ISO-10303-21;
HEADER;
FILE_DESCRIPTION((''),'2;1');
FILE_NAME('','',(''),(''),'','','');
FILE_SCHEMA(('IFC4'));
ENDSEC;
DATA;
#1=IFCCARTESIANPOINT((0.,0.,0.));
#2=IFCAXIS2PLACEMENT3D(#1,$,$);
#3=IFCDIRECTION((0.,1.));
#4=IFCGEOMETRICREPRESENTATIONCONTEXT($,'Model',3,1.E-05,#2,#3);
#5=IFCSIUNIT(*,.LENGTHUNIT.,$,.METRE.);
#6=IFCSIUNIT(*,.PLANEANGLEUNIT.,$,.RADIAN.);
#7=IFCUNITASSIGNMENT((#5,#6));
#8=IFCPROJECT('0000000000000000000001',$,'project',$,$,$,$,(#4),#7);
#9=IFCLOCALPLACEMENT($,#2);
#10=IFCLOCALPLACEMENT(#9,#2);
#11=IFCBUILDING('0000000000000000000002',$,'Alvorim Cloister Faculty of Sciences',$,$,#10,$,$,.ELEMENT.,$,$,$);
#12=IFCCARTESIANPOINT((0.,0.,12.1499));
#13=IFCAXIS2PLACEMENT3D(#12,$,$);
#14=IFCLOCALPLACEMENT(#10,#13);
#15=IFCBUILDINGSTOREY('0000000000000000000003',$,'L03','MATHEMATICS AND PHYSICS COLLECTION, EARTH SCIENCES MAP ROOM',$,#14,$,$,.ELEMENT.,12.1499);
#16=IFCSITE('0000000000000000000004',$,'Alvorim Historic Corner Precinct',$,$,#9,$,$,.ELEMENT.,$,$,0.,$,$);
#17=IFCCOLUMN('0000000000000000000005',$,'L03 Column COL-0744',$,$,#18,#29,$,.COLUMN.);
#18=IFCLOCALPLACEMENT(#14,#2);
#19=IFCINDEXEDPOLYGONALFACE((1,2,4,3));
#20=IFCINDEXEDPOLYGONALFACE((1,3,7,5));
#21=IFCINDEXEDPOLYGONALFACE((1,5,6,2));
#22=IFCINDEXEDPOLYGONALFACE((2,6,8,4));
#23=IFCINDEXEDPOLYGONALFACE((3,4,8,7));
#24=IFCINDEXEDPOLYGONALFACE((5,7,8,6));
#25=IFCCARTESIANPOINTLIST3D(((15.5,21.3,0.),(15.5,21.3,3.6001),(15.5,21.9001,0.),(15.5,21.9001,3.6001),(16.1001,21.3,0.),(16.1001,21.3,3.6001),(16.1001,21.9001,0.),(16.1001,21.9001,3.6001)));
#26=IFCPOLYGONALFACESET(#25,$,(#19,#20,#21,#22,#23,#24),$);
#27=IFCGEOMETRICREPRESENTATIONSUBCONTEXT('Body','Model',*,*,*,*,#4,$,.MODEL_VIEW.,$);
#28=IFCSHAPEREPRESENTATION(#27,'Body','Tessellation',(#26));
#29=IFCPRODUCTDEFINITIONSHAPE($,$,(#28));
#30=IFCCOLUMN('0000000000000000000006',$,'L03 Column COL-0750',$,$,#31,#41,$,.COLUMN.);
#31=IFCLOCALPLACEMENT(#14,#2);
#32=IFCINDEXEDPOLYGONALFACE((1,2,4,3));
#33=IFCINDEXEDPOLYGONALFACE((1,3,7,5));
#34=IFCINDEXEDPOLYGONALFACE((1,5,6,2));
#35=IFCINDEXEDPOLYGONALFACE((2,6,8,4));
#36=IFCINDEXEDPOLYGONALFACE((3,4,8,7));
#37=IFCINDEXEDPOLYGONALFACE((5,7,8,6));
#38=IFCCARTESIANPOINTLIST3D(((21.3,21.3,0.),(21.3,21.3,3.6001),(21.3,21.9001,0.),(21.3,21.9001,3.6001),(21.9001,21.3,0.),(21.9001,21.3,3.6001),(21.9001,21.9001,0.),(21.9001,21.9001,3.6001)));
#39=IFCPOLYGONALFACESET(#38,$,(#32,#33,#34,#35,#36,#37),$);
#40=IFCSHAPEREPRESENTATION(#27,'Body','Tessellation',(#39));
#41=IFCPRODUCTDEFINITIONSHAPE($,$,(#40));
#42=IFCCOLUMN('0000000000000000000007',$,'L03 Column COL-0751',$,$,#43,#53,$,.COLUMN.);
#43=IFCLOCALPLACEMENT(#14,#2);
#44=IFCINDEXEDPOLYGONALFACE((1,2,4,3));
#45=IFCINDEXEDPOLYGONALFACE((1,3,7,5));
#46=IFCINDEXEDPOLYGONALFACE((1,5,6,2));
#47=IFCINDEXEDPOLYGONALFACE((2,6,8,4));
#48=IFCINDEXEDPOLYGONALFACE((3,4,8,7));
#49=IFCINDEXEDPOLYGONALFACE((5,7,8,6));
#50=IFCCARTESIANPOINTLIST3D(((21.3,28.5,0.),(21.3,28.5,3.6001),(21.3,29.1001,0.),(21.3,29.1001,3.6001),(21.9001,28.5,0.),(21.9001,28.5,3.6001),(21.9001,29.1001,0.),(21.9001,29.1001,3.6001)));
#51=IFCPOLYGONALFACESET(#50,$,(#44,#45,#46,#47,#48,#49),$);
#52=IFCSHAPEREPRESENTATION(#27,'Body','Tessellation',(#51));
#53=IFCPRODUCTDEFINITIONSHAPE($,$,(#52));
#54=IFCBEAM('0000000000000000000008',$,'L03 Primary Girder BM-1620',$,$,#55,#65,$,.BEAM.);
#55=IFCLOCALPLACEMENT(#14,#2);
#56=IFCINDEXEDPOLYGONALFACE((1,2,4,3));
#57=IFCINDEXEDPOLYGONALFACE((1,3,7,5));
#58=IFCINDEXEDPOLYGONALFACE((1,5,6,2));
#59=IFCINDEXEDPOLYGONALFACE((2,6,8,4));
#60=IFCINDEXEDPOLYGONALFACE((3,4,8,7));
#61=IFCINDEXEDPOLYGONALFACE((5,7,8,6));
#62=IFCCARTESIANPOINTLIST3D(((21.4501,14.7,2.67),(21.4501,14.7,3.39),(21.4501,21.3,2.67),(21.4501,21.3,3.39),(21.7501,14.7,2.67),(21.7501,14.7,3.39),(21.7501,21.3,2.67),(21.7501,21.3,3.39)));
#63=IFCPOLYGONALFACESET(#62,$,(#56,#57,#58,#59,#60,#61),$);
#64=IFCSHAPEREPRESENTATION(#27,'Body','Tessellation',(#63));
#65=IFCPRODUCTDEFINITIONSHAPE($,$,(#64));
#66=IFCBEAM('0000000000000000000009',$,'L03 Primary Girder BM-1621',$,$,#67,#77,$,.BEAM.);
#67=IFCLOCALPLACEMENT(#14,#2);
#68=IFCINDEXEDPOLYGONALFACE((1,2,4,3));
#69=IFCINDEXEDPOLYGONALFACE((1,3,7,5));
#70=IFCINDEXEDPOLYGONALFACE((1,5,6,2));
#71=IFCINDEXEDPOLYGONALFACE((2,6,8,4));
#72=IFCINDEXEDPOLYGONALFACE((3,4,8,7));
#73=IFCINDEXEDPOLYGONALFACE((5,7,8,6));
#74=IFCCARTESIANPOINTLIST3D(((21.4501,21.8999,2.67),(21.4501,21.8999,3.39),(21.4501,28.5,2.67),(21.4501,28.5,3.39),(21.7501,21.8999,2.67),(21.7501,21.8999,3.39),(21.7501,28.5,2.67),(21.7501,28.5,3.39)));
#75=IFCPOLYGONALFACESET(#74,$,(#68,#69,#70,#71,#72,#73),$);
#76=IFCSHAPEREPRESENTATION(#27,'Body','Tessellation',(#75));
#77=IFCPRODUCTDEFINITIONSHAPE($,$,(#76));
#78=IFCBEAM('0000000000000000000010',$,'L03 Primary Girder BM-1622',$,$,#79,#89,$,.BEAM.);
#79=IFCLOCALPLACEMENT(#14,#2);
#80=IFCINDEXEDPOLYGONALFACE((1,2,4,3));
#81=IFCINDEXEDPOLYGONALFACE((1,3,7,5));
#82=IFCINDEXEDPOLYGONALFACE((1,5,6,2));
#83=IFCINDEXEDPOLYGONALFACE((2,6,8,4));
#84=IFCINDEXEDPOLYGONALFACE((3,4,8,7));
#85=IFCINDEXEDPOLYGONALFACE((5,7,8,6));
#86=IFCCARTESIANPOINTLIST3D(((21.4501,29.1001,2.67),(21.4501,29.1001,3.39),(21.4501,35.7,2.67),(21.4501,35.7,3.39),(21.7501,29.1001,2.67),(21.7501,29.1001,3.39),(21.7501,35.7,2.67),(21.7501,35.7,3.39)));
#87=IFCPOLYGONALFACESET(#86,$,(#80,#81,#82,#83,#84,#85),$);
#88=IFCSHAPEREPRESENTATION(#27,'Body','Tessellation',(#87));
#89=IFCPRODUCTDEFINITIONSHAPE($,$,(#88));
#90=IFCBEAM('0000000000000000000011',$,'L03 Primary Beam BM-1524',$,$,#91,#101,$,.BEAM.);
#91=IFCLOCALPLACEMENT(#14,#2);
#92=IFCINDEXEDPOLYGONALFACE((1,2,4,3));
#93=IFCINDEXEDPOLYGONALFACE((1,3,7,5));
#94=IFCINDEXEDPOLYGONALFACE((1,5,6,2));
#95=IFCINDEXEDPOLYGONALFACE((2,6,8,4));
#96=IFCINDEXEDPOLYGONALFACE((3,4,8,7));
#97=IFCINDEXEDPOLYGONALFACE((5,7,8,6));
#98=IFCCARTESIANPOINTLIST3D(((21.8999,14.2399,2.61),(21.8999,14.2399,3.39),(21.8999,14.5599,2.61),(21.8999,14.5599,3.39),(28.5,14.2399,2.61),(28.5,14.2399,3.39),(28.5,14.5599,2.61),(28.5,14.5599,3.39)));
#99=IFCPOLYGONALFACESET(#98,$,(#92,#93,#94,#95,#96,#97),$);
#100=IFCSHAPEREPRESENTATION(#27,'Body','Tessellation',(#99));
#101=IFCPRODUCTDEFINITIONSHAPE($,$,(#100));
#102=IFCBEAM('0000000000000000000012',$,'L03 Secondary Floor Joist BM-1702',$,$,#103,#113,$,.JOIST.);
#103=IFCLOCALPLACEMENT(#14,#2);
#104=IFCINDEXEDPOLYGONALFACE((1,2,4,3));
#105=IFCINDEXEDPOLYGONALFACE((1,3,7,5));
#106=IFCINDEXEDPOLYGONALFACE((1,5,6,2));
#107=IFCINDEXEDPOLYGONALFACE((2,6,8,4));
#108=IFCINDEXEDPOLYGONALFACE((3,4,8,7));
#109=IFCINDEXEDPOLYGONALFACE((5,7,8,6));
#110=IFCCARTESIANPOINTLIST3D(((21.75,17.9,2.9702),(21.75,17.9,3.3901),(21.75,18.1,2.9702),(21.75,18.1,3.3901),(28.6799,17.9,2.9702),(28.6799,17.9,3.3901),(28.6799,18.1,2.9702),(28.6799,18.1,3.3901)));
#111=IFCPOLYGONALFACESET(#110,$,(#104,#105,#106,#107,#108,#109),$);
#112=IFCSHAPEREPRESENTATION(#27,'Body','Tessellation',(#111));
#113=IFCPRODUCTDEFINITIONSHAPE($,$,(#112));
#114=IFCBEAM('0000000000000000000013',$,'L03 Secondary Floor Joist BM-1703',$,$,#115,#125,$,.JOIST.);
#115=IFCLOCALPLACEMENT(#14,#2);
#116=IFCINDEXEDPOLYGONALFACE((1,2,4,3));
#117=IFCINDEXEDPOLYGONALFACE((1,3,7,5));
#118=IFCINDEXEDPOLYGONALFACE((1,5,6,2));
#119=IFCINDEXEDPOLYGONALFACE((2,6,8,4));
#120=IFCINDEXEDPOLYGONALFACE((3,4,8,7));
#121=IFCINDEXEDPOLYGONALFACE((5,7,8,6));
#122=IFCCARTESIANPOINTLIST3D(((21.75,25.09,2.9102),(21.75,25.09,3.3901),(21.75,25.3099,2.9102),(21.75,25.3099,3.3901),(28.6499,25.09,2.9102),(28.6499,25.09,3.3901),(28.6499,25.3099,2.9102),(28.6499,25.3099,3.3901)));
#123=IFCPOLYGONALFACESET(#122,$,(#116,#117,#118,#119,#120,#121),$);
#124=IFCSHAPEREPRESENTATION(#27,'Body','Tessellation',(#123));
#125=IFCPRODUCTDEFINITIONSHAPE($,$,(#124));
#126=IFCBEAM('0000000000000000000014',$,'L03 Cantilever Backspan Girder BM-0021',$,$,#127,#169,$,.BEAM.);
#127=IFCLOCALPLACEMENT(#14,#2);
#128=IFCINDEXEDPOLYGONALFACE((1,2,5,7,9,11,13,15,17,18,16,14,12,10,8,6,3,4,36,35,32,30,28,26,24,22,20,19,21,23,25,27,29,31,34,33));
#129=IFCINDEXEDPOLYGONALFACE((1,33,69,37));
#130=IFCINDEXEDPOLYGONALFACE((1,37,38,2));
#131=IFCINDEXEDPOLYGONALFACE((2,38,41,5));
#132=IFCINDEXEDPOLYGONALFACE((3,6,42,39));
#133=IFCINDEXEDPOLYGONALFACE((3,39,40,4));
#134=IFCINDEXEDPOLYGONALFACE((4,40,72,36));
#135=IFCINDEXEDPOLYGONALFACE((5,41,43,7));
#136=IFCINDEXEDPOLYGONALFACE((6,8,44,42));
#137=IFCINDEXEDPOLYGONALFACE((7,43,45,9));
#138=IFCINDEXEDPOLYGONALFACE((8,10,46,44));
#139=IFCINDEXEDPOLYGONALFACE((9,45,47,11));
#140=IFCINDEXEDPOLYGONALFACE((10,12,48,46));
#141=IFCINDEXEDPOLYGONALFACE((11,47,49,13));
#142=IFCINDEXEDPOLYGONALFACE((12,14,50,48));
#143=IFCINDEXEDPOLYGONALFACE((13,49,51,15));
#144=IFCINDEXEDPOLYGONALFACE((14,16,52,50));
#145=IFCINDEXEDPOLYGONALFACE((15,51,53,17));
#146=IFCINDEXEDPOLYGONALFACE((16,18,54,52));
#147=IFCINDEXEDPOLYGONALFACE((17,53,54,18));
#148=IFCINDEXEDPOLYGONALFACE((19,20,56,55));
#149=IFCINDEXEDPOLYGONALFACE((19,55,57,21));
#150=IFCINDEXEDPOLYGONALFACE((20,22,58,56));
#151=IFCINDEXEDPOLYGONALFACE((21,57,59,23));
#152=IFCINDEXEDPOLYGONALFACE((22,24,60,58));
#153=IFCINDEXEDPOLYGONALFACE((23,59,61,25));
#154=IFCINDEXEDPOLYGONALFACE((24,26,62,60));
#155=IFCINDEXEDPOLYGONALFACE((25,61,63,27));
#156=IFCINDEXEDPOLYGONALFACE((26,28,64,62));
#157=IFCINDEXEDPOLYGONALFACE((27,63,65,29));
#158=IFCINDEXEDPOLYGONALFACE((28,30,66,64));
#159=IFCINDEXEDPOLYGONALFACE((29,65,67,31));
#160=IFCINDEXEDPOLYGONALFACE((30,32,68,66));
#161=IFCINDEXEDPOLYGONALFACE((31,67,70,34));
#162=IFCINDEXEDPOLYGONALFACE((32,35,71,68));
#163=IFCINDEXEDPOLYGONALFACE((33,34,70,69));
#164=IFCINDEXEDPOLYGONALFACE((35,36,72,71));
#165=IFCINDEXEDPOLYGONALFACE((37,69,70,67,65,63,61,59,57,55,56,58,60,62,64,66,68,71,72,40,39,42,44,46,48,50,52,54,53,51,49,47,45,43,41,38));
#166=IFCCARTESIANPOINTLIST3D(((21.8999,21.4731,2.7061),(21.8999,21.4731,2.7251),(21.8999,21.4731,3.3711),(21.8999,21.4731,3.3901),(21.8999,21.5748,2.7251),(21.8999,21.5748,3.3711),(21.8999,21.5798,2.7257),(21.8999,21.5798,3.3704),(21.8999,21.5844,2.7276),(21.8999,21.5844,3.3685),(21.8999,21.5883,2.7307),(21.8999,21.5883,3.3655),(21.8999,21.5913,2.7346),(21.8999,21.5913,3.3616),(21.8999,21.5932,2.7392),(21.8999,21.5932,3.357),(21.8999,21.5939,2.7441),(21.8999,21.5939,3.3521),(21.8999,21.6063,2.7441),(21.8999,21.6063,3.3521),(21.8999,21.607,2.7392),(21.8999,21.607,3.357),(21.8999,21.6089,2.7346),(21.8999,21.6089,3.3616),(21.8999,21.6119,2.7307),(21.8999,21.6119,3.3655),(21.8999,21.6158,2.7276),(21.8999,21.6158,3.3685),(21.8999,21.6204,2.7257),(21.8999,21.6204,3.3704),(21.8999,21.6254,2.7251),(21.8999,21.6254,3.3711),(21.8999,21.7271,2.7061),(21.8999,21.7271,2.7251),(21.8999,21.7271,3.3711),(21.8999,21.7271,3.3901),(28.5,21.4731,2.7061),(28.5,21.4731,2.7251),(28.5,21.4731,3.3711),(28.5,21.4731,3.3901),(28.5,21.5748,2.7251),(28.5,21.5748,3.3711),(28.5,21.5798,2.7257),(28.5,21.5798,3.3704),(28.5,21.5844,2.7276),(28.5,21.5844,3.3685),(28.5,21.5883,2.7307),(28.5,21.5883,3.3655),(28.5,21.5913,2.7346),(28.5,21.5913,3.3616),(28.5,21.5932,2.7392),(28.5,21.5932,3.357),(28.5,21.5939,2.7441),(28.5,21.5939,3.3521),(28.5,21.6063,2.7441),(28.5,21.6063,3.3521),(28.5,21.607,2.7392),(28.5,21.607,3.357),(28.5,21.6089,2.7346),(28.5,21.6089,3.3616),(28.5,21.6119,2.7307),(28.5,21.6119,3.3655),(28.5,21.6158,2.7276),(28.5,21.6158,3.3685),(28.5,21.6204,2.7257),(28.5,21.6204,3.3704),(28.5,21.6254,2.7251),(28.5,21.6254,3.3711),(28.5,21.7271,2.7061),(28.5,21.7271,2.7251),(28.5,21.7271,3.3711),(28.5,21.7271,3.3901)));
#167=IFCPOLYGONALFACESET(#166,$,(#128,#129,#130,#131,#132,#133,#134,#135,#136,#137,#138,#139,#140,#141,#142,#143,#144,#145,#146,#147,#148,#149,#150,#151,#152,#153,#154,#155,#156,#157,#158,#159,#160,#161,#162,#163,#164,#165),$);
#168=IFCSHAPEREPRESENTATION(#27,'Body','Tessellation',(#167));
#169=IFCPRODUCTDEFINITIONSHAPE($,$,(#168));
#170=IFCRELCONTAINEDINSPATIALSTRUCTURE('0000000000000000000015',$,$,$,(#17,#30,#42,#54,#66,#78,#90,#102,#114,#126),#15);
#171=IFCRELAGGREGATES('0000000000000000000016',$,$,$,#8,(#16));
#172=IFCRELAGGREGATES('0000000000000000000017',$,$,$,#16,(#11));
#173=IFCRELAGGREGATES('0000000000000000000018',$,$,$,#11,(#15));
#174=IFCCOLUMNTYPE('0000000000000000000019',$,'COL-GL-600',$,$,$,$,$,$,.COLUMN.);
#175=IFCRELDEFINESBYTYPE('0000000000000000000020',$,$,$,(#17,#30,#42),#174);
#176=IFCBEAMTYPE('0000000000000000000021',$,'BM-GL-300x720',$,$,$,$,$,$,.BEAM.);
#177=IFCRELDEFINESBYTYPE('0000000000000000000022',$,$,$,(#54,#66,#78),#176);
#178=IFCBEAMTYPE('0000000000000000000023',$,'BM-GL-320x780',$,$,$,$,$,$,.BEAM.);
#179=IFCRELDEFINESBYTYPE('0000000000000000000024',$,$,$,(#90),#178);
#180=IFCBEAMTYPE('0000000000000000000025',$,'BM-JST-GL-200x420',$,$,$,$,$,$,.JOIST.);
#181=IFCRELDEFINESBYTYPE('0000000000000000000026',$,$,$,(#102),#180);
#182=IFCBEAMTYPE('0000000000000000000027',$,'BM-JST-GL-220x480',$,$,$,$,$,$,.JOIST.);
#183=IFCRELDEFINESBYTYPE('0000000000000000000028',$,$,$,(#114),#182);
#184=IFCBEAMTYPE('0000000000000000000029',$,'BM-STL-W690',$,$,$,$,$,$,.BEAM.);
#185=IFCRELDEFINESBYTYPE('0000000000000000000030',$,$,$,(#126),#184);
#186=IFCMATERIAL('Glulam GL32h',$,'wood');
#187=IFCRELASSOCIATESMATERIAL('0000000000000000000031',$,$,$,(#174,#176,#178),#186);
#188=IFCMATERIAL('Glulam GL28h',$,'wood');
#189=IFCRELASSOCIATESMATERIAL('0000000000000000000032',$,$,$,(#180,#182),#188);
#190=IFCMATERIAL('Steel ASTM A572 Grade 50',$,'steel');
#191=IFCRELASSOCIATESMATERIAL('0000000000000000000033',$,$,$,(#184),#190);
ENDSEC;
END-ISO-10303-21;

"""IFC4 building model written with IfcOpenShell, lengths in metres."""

from ifc_helpers import new_model, si_unit, direction, frame, origin, origin_2d, place, context, subcontext, project, spatial, rectangle, i_section, extrude, material, material_profile, profile_set, type_object, element, save


model = new_model("IFC4")

# Units and contexts
model_context = context("Model", 3, precision=1e-05, world=origin(), true_north=direction((0.0, 1.0)))
body_context = subcontext(model_context, "Body", "Model", "MODEL_VIEW")
ifc_project = project(units=[si_unit("LENGTHUNIT", "METRE"), si_unit("PLANEANGLEUNIT", "RADIAN")], contexts=[model_context])

# Site, building, storey
site_placement = place(None, origin())
site = spatial("IfcSite", under=ifc_project, at=site_placement, Name="Alvorim Historic Corner Precinct", CompositionType="ELEMENT", RefElevation=0.0)
building_placement = place(site_placement, origin())
building = spatial("IfcBuilding", under=site, at=building_placement, Name="Alvorim Cloister Faculty of Sciences", CompositionType="ELEMENT")
storey_placement = place(building_placement, frame((0.0, 0.0, 12.1499)))
storey = spatial("IfcBuildingStorey", under=building, at=storey_placement, Name="L03", Description="MATHEMATICS AND PHYSICS COLLECTION, EARTH SCIENCES MAP ROOM", CompositionType="ELEMENT", Elevation=12.1499)

# Columns
ifc_material_1 = material(Name="Glulam GL32h", Category="wood")
ifc_material_profile_1 = material_profile(ifc_material_1, rectangle(XDim=0.6001, YDim=0.6001, at=origin_2d()), Name="GL32-COL-600x600")
ifc_profile_set_1 = profile_set([ifc_material_profile_1], Name="Glulam GL32h")
column_type = type_object("IfcColumnType", Name="COL-GL-600", PredefinedType="COLUMN", material=ifc_profile_set_1)
for number, where, z_axis, x_axis, name in (
    (1, (15.8, 21.6001, 0.0), (0.0, 0.0, 1.0), (1.0, 0.0, 0.0), "L03 Column COL-0744"),
    (2, (21.6001, 21.6001, 0.0), (0.0, 0.0, 1.0), (1.0, 0.0, 0.0), "L03 Column COL-0750"),
    (3, (21.6001, 28.8, 0.0), (0.0, 0.0, 1.0), (1.0, 0.0, 0.0), "L03 Column COL-0751"),
):
    element("IfcColumn", number, at=place(storey_placement, frame(where, z_axis=z_axis, x_axis=x_axis)), inside=storey, type_object=column_type, Name=name, PredefinedType="COLUMN", context=body_context, shape_type="SweptSolid", body=[
        extrude(rectangle(XDim=0.6001, YDim=0.6001, at=origin_2d()), origin(), (0.0, 0.0, 1.0), 3.6001),
    ])

# Beams
ifc_material_profile_2 = material_profile(ifc_material_1, rectangle(XDim=0.3, YDim=0.72, at=origin_2d()), Name="GL32-BM-300x720")
ifc_profile_set_2 = profile_set([ifc_material_profile_2], Name="Glulam GL32h")
beam_type_1 = type_object("IfcBeamType", Name="BM-GL-300x720", PredefinedType="BEAM", material=ifc_profile_set_2)
for number, where, z_axis, x_axis, name in (
    (4, (21.6001, 14.7, 3.03), (0.0, 1.0, 0.0), (-1.0, 0.0, 0.0), "L03 Primary Girder BM-1620"),
    (5, (21.6001, 21.8999, 3.03), (0.0, 1.0, 0.0), (-1.0, 0.0, 0.0), "L03 Primary Girder BM-1621"),
):
    element("IfcBeam", number, at=place(storey_placement, frame(where, z_axis=z_axis, x_axis=x_axis)), inside=storey, type_object=beam_type_1, Name=name, PredefinedType="BEAM", context=body_context, shape_type="SweptSolid", body=[
        extrude(rectangle(XDim=0.3, YDim=0.72, at=origin_2d()), origin(), (0.0, 0.0, 1.0), 6.6001),
    ])
beam_1_placement = place(storey_placement, frame((21.6001, 29.1001, 3.03), z_axis=(0.0, 1.0, 0.0), x_axis=(-1.0, 0.0, 0.0)))
element("IfcBeam", 6, at=beam_1_placement, inside=storey, type_object=beam_type_1, Name="L03 Primary Girder BM-1622", PredefinedType="BEAM", context=body_context, shape_type="SweptSolid", body=[
    extrude(rectangle(XDim=0.3, YDim=0.72, at=origin_2d()), origin(), (0.0, 0.0, 1.0), 6.5999),
])
ifc_material_profile_3 = material_profile(ifc_material_1, rectangle(XDim=0.3201, YDim=0.78, at=origin_2d()), Name="GL32-BM-320x780")
ifc_profile_set_3 = profile_set([ifc_material_profile_3], Name="Glulam GL32h")
beam_type_2 = type_object("IfcBeamType", Name="BM-GL-320x780", PredefinedType="BEAM", material=ifc_profile_set_3)
beam_2_placement = place(storey_placement, frame((21.8999, 14.3999, 3.0), z_axis=(1.0, 0.0, 0.0), x_axis=(0.0, 1.0, 0.0)))
element("IfcBeam", 7, at=beam_2_placement, inside=storey, type_object=beam_type_2, Name="L03 Primary Beam BM-1524", PredefinedType="BEAM", context=body_context, shape_type="SweptSolid", body=[
    extrude(rectangle(XDim=0.3201, YDim=0.78, at=origin_2d()), origin(), (0.0, 0.0, 1.0), 6.6001),
])
ifc_material_2 = material(Name="Glulam GL28h", Category="wood")
ifc_material_profile_4 = material_profile(ifc_material_2, rectangle(XDim=0.2, YDim=0.4199, at=origin_2d()), Name="GL28-JST-200x420")
ifc_profile_set_4 = profile_set([ifc_material_profile_4], Name="Glulam GL28h")
beam_type_3 = type_object("IfcBeamType", Name="BM-JST-GL-200x420", PredefinedType="JOIST", material=ifc_profile_set_4)
beam_3_placement = place(storey_placement, frame((21.75, 18.0, 3.1802), z_axis=(1.0, 0.0, 0.0), x_axis=(0.0, 1.0, 0.0)))
element("IfcBeam", 8, at=beam_3_placement, inside=storey, type_object=beam_type_3, Name="L03 Secondary Floor Joist BM-1702", PredefinedType="JOIST", context=body_context, shape_type="SweptSolid", body=[
    extrude(rectangle(XDim=0.2, YDim=0.4199, at=origin_2d()), origin(), (0.0, 0.0, 1.0), 6.9299),
])
ifc_material_profile_5 = material_profile(ifc_material_2, rectangle(XDim=0.22, YDim=0.48, at=origin_2d()), Name="GL28-JST-220x480")
ifc_profile_set_5 = profile_set([ifc_material_profile_5], Name="Glulam GL28h")
beam_type_4 = type_object("IfcBeamType", Name="BM-JST-GL-220x480", PredefinedType="JOIST", material=ifc_profile_set_5)
beam_4_placement = place(storey_placement, frame((21.75, 25.2, 3.1501), z_axis=(1.0, 0.0, 0.0), x_axis=(0.0, 1.0, 0.0)))
element("IfcBeam", 9, at=beam_4_placement, inside=storey, type_object=beam_type_4, Name="L03 Secondary Floor Joist BM-1703", PredefinedType="JOIST", context=body_context, shape_type="SweptSolid", body=[
    extrude(rectangle(XDim=0.22, YDim=0.48, at=origin_2d()), origin(), (0.0, 0.0, 1.0), 6.8999),
])
ifc_material_3 = material(Name="Steel ASTM A572 Grade 50", Category="steel")
ifc_material_profile_6 = material_profile(ifc_material_3, i_section(OverallWidth=0.2539, OverallDepth=0.6841, WebThickness=0.0125, FlangeThickness=0.019, FilletRadius=0.019, at=origin_2d()), Name="W690x140.0")
ifc_profile_set_6 = profile_set([ifc_material_profile_6], Name="Steel ASTM A572 Grade 50")
beam_type_5 = type_object("IfcBeamType", Name="BM-STL-W690", PredefinedType="BEAM", material=ifc_profile_set_6)
for number, where, z_axis, x_axis, name in (
    (10, (21.8999, 21.6001, 3.0481), (1.0, 0.0, 0.0), (0.0, 1.0, 0.0), "L03 Cantilever Backspan Girder BM-0021"),
):
    element("IfcBeam", number, at=place(storey_placement, frame(where, z_axis=z_axis, x_axis=x_axis)), inside=storey, type_object=beam_type_5, Name=name, PredefinedType="BEAM", context=body_context, shape_type="SweptSolid", body=[
        extrude(i_section(OverallWidth=0.2539, OverallDepth=0.6841, WebThickness=0.0125, FlangeThickness=0.019, FilletRadius=0.019, at=origin_2d()), origin(), (0.0, 0.0, 1.0), 6.6001),
    ])

save(model, "model.ifc")
